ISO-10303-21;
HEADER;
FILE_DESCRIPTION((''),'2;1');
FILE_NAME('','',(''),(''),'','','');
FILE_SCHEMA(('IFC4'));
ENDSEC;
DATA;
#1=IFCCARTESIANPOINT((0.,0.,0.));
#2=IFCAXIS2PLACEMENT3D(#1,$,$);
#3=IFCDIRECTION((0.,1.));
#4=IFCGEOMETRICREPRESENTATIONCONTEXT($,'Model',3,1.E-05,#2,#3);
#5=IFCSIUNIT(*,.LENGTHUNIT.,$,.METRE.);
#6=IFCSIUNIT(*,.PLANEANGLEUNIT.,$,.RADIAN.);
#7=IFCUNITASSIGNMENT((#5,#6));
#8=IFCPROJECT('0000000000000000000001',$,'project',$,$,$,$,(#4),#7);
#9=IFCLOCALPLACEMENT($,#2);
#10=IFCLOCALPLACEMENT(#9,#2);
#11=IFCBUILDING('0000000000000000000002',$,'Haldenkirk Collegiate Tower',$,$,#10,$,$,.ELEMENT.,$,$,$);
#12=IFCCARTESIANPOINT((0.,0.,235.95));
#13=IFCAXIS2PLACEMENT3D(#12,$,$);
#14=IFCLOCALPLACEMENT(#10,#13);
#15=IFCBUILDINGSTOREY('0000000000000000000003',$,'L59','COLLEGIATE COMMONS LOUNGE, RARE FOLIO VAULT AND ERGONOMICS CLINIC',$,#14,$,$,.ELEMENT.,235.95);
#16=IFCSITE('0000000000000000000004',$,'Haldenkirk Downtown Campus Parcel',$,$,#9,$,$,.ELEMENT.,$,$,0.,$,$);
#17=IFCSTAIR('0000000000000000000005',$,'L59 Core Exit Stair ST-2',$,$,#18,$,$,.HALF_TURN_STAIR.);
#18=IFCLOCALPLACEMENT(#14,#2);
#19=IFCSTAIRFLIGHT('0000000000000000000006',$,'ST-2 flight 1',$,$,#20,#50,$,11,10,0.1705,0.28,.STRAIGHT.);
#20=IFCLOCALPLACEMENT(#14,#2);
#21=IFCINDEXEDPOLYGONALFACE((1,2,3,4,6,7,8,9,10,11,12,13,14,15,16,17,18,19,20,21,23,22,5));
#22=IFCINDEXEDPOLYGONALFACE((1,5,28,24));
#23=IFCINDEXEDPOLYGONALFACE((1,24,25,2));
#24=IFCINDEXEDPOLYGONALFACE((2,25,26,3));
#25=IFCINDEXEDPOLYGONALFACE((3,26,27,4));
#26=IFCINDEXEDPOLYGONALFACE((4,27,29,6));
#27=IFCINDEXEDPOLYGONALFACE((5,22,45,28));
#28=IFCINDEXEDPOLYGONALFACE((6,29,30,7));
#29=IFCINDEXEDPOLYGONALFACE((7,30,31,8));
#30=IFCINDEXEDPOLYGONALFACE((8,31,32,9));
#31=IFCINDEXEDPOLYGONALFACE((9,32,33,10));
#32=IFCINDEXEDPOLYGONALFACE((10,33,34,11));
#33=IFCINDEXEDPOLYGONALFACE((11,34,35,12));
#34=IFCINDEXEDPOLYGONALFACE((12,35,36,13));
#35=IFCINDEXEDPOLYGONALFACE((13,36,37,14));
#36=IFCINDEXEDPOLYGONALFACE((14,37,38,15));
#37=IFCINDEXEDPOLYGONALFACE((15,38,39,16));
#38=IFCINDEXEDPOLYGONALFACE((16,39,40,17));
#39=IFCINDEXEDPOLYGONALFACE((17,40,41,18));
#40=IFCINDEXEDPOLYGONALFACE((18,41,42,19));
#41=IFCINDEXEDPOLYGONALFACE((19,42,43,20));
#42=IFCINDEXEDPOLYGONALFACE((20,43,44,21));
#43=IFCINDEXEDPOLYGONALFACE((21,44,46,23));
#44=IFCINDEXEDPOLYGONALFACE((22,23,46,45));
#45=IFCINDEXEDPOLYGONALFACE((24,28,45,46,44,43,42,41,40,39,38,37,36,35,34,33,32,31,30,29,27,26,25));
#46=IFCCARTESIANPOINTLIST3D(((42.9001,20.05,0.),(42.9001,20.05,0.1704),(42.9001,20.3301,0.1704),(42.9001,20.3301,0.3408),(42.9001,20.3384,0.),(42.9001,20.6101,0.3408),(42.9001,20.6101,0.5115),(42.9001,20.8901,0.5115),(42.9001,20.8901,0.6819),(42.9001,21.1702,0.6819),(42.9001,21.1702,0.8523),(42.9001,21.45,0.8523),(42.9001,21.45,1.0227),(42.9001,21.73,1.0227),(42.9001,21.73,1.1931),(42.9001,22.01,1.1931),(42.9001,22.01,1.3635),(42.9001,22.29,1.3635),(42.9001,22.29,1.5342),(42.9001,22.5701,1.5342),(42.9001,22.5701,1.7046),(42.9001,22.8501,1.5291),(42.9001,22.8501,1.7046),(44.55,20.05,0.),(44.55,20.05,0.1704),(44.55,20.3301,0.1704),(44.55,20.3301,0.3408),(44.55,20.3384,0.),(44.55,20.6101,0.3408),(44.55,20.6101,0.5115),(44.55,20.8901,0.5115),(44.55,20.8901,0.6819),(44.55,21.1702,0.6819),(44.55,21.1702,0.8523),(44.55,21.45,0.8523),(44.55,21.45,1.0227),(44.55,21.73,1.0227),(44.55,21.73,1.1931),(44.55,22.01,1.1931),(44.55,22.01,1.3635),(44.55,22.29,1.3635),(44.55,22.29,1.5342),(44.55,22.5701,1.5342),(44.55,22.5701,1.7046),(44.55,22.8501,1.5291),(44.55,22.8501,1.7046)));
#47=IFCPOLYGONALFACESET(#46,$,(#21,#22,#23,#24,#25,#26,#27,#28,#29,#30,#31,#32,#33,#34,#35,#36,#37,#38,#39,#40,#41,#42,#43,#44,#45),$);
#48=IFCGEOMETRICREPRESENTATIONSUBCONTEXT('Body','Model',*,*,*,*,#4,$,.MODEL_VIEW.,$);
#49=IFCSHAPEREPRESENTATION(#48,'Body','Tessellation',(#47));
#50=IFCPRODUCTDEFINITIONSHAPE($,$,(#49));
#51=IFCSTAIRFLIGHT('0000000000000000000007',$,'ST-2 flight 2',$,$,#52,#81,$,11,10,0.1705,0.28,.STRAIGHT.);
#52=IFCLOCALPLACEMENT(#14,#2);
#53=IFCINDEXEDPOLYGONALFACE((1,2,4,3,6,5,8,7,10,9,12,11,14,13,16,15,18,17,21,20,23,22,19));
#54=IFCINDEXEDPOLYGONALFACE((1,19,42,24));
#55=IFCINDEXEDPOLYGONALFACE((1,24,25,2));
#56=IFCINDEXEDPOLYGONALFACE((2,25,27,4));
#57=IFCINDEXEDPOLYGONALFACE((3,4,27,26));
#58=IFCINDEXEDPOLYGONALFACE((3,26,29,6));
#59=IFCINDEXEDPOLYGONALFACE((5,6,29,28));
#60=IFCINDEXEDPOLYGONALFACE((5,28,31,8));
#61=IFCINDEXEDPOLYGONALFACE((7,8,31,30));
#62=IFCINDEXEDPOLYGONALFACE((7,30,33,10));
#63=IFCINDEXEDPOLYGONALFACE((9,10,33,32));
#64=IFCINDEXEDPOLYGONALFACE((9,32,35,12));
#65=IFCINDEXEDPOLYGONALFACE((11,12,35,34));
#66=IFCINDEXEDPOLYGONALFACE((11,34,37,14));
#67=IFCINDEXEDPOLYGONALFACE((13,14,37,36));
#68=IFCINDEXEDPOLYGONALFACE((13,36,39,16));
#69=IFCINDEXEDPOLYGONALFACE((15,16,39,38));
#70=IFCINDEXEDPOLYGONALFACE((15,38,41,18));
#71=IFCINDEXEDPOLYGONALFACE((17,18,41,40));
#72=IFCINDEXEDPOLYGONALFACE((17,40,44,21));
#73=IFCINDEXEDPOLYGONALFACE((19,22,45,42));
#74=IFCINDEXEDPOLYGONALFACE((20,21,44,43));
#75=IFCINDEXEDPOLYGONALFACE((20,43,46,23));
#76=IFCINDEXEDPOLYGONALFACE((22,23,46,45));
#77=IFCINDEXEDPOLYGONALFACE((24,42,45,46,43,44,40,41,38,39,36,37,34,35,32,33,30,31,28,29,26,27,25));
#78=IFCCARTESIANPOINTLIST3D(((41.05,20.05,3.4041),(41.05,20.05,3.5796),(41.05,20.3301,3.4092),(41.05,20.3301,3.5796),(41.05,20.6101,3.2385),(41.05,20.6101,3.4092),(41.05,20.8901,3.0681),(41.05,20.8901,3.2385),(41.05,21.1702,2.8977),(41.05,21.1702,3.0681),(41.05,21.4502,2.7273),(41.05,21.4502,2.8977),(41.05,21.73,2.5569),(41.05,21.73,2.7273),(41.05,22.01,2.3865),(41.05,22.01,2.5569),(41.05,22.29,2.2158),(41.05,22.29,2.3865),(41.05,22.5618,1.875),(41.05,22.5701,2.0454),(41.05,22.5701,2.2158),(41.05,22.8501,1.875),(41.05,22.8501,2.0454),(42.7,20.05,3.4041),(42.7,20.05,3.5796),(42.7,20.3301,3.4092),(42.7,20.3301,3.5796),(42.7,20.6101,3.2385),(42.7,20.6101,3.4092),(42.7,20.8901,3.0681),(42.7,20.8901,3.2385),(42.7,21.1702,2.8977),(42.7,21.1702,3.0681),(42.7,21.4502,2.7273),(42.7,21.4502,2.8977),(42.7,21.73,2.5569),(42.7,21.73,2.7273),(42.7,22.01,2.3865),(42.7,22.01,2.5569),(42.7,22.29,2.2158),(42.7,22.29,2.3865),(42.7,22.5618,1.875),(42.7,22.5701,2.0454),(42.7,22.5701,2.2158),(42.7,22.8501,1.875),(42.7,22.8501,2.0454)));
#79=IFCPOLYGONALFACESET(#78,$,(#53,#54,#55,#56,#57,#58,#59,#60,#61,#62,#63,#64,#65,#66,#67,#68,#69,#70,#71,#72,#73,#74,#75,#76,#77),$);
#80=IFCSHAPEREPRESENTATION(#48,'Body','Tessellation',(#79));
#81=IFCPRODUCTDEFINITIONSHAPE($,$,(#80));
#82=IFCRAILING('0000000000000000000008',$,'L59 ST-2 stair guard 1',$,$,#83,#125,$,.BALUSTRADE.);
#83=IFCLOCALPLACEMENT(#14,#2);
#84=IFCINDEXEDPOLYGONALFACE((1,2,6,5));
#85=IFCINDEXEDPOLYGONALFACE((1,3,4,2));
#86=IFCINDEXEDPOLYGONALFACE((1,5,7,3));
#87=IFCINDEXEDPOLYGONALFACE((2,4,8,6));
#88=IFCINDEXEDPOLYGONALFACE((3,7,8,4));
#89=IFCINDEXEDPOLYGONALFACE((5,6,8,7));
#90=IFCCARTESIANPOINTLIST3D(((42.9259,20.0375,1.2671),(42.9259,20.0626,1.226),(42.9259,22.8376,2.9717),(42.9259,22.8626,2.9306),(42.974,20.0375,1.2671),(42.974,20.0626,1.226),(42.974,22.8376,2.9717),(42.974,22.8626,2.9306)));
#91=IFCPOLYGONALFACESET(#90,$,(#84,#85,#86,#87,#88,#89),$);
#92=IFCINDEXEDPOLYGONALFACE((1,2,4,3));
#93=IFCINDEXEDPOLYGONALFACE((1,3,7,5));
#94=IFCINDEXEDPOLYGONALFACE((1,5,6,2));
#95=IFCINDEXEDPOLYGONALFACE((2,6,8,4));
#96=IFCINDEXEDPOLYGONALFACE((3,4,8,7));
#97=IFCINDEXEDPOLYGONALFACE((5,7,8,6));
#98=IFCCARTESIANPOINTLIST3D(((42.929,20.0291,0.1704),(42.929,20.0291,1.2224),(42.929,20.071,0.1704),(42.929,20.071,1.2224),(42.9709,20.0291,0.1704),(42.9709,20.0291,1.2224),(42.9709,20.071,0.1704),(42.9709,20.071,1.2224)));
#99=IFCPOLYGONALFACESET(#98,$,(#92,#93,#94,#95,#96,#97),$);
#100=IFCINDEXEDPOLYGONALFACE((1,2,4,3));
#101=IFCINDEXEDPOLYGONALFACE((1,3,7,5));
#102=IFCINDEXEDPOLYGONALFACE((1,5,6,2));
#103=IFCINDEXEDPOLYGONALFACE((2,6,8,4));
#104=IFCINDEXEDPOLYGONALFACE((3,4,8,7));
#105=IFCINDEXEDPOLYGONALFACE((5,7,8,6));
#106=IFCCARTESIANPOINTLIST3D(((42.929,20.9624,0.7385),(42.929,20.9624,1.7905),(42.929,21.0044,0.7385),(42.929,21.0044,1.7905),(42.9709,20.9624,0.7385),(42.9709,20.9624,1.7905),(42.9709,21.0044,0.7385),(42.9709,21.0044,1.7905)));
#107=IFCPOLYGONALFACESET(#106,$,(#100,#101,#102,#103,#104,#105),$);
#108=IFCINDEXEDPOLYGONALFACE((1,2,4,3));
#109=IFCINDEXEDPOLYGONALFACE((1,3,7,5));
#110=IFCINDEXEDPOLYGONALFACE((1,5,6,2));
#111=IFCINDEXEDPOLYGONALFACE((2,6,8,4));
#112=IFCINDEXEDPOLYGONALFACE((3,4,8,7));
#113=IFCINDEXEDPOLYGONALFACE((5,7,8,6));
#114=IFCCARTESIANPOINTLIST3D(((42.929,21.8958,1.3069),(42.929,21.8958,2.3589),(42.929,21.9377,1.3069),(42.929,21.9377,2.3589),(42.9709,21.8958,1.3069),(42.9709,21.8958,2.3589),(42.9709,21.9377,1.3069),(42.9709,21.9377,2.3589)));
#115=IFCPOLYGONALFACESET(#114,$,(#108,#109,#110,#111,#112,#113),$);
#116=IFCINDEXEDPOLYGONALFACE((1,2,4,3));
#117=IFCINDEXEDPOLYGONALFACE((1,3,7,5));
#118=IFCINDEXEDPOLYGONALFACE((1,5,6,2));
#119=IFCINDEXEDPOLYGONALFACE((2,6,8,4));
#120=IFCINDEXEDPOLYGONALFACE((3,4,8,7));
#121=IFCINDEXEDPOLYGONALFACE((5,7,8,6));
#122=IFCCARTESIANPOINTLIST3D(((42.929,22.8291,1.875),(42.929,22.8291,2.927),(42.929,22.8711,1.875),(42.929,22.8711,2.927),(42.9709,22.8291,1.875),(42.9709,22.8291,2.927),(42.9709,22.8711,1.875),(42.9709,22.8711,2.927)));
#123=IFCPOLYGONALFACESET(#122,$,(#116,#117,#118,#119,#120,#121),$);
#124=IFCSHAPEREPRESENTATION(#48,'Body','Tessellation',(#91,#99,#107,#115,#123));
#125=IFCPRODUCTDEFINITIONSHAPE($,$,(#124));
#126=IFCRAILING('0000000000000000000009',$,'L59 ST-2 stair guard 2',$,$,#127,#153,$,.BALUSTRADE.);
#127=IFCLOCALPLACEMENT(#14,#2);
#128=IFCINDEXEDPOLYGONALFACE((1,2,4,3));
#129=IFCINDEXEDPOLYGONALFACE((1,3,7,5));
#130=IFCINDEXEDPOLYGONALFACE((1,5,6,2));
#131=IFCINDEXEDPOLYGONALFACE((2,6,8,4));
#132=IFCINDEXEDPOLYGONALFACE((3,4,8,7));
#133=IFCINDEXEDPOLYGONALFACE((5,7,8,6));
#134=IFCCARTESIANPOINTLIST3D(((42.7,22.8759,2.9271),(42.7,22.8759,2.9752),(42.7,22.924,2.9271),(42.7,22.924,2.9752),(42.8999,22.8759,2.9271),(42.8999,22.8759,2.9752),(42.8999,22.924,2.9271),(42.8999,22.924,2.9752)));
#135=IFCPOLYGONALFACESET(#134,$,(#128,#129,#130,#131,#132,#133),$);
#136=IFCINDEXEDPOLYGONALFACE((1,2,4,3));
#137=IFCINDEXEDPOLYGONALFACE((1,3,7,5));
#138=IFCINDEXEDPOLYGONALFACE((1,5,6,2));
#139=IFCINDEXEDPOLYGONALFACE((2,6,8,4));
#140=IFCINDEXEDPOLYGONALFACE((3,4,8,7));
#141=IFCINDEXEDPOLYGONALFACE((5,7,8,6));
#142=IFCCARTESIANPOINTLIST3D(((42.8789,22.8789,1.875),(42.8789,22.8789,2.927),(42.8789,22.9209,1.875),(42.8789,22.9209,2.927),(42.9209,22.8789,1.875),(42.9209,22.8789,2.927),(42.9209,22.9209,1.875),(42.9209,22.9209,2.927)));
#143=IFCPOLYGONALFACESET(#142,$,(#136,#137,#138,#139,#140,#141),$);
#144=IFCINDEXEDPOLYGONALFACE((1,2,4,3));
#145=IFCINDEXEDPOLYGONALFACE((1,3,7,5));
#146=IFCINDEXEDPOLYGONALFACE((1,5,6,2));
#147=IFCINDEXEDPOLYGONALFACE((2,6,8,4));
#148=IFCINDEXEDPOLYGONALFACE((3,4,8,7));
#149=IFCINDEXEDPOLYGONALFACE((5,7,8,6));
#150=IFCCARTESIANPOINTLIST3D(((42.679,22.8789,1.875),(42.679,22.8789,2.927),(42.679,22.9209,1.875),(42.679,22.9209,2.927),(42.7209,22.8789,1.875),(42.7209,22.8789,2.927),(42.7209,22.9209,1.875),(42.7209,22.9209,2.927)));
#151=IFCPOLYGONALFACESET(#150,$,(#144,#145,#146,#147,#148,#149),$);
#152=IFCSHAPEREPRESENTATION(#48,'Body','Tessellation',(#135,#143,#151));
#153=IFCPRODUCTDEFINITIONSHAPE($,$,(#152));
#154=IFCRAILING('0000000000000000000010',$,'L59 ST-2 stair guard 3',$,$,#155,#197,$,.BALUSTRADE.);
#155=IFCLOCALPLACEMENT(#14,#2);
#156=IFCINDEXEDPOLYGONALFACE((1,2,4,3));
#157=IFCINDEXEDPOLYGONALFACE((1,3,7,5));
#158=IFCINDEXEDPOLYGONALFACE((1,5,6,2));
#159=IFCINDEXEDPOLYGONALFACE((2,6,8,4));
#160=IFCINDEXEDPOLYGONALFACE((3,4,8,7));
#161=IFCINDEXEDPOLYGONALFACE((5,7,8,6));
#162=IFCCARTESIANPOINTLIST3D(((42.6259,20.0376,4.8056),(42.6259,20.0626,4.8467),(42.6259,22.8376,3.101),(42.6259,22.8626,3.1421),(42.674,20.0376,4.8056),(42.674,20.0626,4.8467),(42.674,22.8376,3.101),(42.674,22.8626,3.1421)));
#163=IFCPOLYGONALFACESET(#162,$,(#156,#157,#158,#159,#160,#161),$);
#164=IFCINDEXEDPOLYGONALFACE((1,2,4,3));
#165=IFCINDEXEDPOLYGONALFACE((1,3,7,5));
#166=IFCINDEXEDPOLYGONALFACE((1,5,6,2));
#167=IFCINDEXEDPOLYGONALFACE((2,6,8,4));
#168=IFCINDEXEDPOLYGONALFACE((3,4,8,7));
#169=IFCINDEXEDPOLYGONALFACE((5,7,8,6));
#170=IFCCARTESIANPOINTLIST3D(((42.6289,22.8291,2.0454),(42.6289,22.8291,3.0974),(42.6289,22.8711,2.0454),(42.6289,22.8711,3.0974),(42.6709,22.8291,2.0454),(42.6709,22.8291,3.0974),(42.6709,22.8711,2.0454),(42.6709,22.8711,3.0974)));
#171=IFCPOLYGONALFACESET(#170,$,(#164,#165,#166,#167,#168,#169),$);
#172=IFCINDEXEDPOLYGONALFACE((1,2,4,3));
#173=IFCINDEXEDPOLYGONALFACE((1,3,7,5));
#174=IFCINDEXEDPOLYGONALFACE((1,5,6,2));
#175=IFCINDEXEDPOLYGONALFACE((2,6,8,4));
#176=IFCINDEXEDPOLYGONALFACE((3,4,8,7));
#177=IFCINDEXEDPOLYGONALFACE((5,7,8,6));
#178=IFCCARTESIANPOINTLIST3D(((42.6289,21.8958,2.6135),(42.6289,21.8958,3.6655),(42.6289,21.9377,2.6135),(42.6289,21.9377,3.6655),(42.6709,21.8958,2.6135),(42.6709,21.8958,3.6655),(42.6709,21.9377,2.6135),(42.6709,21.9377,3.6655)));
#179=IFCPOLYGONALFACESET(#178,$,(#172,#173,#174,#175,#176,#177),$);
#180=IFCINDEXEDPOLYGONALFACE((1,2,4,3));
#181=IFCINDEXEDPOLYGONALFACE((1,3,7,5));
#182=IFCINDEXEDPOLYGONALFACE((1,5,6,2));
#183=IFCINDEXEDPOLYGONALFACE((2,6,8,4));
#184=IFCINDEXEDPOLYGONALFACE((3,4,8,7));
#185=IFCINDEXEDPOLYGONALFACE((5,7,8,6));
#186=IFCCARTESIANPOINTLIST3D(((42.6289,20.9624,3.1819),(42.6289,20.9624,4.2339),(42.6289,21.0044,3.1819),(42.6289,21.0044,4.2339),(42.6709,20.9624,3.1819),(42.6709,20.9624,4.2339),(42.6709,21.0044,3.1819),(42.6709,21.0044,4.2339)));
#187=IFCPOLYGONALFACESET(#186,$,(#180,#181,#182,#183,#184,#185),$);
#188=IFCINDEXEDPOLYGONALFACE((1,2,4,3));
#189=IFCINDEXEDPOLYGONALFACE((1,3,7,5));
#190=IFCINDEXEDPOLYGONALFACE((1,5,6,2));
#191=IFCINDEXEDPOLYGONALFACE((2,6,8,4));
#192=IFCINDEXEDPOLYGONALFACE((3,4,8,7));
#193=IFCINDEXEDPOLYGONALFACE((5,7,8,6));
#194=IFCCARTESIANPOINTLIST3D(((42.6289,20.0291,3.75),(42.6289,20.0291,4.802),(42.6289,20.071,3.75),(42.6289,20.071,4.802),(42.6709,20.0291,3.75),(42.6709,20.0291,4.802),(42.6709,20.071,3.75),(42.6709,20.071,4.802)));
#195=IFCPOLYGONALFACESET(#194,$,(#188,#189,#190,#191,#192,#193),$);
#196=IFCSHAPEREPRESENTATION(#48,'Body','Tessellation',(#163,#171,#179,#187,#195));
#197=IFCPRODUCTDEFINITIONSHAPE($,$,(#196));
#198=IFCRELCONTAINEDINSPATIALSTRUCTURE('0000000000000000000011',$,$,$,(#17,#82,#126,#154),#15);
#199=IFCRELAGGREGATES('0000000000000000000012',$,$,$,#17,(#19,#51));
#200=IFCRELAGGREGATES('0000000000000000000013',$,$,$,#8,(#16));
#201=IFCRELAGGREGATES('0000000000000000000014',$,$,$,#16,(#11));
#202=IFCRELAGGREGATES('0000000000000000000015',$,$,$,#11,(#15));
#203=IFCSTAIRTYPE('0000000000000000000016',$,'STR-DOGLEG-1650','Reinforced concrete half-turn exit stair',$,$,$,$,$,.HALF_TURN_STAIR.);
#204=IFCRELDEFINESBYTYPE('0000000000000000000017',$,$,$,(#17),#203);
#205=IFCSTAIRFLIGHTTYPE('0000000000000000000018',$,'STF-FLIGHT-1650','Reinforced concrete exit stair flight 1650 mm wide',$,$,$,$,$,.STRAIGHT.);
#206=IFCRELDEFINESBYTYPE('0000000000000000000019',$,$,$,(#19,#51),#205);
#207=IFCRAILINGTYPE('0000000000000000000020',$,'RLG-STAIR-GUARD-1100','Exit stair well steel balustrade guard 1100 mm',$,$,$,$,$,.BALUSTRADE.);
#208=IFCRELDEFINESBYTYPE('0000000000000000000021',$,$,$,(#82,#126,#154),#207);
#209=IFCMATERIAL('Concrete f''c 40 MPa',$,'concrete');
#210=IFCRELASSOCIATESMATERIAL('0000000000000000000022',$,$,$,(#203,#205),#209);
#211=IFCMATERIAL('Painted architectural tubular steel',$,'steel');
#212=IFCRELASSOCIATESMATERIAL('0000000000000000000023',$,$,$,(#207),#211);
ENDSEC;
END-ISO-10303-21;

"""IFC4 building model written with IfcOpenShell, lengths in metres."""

from ifc_helpers import new_model, si_unit, direction, frame, origin, origin_2d, place, context, subcontext, project, spatial, polyline, rectangle, outline, extrude, material, type_object, element, aggregate, save


model = new_model("IFC4")

# Units and contexts
model_context = context("Model", 3, precision=1e-05, world=origin(), true_north=direction((0.0, 1.0)))
body_context = subcontext(model_context, "Body", "Model", "MODEL_VIEW")
ifc_project = project(units=[si_unit("LENGTHUNIT", "METRE"), si_unit("PLANEANGLEUNIT", "RADIAN")], contexts=[model_context])

# Site, building, storey
site_placement = place(None, origin())
site = spatial("IfcSite", under=ifc_project, at=site_placement, Name="Haldenkirk Downtown Campus Parcel", CompositionType="ELEMENT", RefElevation=0.0)
building_placement = place(site_placement, origin())
building = spatial("IfcBuilding", under=site, at=building_placement, Name="Haldenkirk Collegiate Tower", CompositionType="ELEMENT")
storey_placement = place(building_placement, frame((0.0, 0.0, 235.95)))
storey = spatial("IfcBuildingStorey", under=building, at=storey_placement, Name="L59", Description="COLLEGIATE COMMONS LOUNGE, RARE FOLIO VAULT AND ERGONOMICS CLINIC", CompositionType="ELEMENT", Elevation=235.95)

# Stair, stair flights
ifc_material_1 = material(Name="Concrete f'c 40 MPa", Category="concrete")
stair_type = type_object("IfcStairType", Name="STR-DOGLEG-1650", Description="Reinforced concrete half-turn exit stair", PredefinedType="HALF_TURN_STAIR", material=ifc_material_1)
stair_placement = place(storey_placement, origin())
stair = element("IfcStair", 1, at=stair_placement, inside=storey, type_object=stair_type, Name="L59 Core Exit Stair ST-2", PredefinedType="HALF_TURN_STAIR")
stair_flight_type = type_object("IfcStairFlightType", Name="STF-FLIGHT-1650", Description="Reinforced concrete exit stair flight 1650 mm wide", PredefinedType="STRAIGHT", material=ifc_material_1)
stair_flight_1_placement = place(storey_placement, frame((43.7251, 20.05, 0.0), z_axis=(0.0, 0.0, 1.0), x_axis=(0.0, 1.0, 0.0)))
stair_flight_1 = element("IfcStairFlight", 2, at=stair_flight_1_placement, type_object=stair_flight_type, Name="ST-2 flight 1", NumberOfRisers=11, NumberOfTreads=10, PredefinedType="STRAIGHT", RiserHeight=0.1705, TreadLength=0.28, context=body_context, shape_type="SweptSolid", body=[
    extrude(outline(polyline([(0.0, 0.0), (0.0, 0.1704), (0.28, 0.1704), (0.28, 0.3408), (0.5601, 0.3408), (0.5601, 0.5115), (0.8401, 0.5115), (0.8401, 0.6819), (1.1201, 0.6819), (1.1201, 0.8523), (1.3999, 0.8523), (1.3999, 1.0227), (1.6799, 1.0227), (1.6799, 1.1931), (1.96, 1.1931), (1.96, 1.3635), (2.24, 1.3635), (2.24, 1.5342), (2.52, 1.5342), (2.52, 1.7046), (2.8, 1.7046), (2.8, 1.875), (2.8, 1.5291), (0.2883, 0.0), (0.0, 0.0)])), frame((0.0, 0.825, 0.0), z_axis=(0.0, -1.0, 0.0), x_axis=(1.0, 0.0, 0.0)), (0.0, 0.0, 1.0), 1.6499),
])
stair_flight_2_placement = place(storey_placement, frame((41.875, 22.8501, 1.875), z_axis=(0.0, 0.0, 1.0), x_axis=(0.0, -1.0, 0.0)))
stair_flight_2 = element("IfcStairFlight", 3, at=stair_flight_2_placement, type_object=stair_flight_type, Name="ST-2 flight 2", NumberOfRisers=11, NumberOfTreads=10, PredefinedType="STRAIGHT", RiserHeight=0.1705, TreadLength=0.28, context=body_context, shape_type="SweptSolid", body=[
    extrude(outline(polyline([(0.0, 0.0), (0.0, 0.1704), (0.28, 0.1704), (0.28, 0.3408), (0.5601, 0.3408), (0.5601, 0.5115), (0.8401, 0.5115), (0.8401, 0.6819), (1.1201, 0.6819), (1.1201, 0.8523), (1.3999, 0.8523), (1.3999, 1.0227), (1.6799, 1.0227), (1.6799, 1.1931), (1.96, 1.1931), (1.96, 1.3635), (2.24, 1.3635), (2.24, 1.5342), (2.52, 1.5342), (2.52, 1.7046), (2.8, 1.7046), (2.8, 1.875), (2.8, 1.5291), (0.2883, 0.0), (0.0, 0.0)])), frame((0.0, 0.825, 0.0), z_axis=(0.0, -1.0, 0.0), x_axis=(1.0, 0.0, 0.0)), (0.0, 0.0, 1.0), 1.6499),
])
aggregate(stair, [stair_flight_1, stair_flight_2])

# Railings
ifc_material_2 = material(Name="Painted architectural tubular steel", Category="steel")
railing_type_1 = type_object("IfcRailingType", Name="RLG-STAIR-GUARD-1100", Description="Exit stair well steel balustrade guard 1100 mm", PredefinedType="BALUSTRADE", material=ifc_material_2)
railing_1_placement = place(storey_placement, frame((42.95, 20.05, 0.1704)))
element("IfcRailing", 4, at=railing_1_placement, inside=storey, type_object=railing_type_1, Name="L59 ST-2 stair guard 1", PredefinedType="BALUSTRADE", context=body_context, shape_type="SweptSolid", body=[
    extrude(rectangle(XDim=0.0481, YDim=0.0481, at=origin_2d()), frame((0.0, 0.0, 1.0762), z_axis=(0.0, 0.85417, 0.519994), x_axis=(-1.0, 0.0, 0.0)), (0.0, 0.0, 1.0), 3.2781),
    extrude(rectangle(XDim=0.042, YDim=0.042, at=origin_2d()), origin(), (0.0, 0.0, 1.0), 1.052),
    extrude(rectangle(XDim=0.042, YDim=0.042, at=origin_2d()), frame((0.0, 0.9333, 0.5681)), (0.0, 0.0, 1.0), 1.052),
    extrude(rectangle(XDim=0.042, YDim=0.042, at=origin_2d()), frame((0.0, 1.8667, 1.1365)), (0.0, 0.0, 1.0), 1.052),
    extrude(rectangle(XDim=0.042, YDim=0.042, at=origin_2d()), frame((0.0, 2.8, 1.7046)), (0.0, 0.0, 1.0), 1.052),
])
railing_2_placement = place(storey_placement, frame((42.8999, 22.8999, 1.875)))
element("IfcRailing", 5, at=railing_2_placement, inside=storey, type_object=railing_type_1, Name="L59 ST-2 stair guard 2", PredefinedType="BALUSTRADE", context=body_context, shape_type="SweptSolid", body=[
    extrude(rectangle(XDim=0.0481, YDim=0.0481, at=origin_2d()), frame((0.0, 0.0, 1.0762), z_axis=(-1.0, 0.0, 0.0), x_axis=(0.0, -1.0, 0.0)), (0.0, 0.0, 1.0), 0.2),
    extrude(rectangle(XDim=0.042, YDim=0.042, at=origin_2d()), origin(), (0.0, 0.0, 1.0), 1.052),
    extrude(rectangle(XDim=0.042, YDim=0.042, at=origin_2d()), frame((-0.2, 0.0, 0.0)), (0.0, 0.0, 1.0), 1.052),
])
railing_3_placement = place(storey_placement, frame((42.6499, 22.8501, 2.0454)))
element("IfcRailing", 6, at=railing_3_placement, inside=storey, type_object=railing_type_1, Name="L59 ST-2 stair guard 3", PredefinedType="BALUSTRADE", context=body_context, shape_type="SweptSolid", body=[
    extrude(rectangle(XDim=0.0481, YDim=0.0481, at=origin_2d()), frame((0.0, 0.0, 1.0762), z_axis=(0.0, -0.85417, 0.519994), x_axis=(1.0, 0.0, 0.0)), (0.0, 0.0, 1.0), 3.2781),
    extrude(rectangle(XDim=0.042, YDim=0.042, at=origin_2d()), origin(), (0.0, 0.0, 1.0), 1.052),
    extrude(rectangle(XDim=0.042, YDim=0.042, at=origin_2d()), frame((0.0, -0.9333, 0.5681)), (0.0, 0.0, 1.0), 1.052),
    extrude(rectangle(XDim=0.042, YDim=0.042, at=origin_2d()), frame((0.0, -1.8667, 1.1365)), (0.0, 0.0, 1.0), 1.052),
    extrude(rectangle(XDim=0.042, YDim=0.042, at=origin_2d()), frame((0.0, -2.8, 1.7046)), (0.0, 0.0, 1.0), 1.052),
])

save(model, "model.ifc")
